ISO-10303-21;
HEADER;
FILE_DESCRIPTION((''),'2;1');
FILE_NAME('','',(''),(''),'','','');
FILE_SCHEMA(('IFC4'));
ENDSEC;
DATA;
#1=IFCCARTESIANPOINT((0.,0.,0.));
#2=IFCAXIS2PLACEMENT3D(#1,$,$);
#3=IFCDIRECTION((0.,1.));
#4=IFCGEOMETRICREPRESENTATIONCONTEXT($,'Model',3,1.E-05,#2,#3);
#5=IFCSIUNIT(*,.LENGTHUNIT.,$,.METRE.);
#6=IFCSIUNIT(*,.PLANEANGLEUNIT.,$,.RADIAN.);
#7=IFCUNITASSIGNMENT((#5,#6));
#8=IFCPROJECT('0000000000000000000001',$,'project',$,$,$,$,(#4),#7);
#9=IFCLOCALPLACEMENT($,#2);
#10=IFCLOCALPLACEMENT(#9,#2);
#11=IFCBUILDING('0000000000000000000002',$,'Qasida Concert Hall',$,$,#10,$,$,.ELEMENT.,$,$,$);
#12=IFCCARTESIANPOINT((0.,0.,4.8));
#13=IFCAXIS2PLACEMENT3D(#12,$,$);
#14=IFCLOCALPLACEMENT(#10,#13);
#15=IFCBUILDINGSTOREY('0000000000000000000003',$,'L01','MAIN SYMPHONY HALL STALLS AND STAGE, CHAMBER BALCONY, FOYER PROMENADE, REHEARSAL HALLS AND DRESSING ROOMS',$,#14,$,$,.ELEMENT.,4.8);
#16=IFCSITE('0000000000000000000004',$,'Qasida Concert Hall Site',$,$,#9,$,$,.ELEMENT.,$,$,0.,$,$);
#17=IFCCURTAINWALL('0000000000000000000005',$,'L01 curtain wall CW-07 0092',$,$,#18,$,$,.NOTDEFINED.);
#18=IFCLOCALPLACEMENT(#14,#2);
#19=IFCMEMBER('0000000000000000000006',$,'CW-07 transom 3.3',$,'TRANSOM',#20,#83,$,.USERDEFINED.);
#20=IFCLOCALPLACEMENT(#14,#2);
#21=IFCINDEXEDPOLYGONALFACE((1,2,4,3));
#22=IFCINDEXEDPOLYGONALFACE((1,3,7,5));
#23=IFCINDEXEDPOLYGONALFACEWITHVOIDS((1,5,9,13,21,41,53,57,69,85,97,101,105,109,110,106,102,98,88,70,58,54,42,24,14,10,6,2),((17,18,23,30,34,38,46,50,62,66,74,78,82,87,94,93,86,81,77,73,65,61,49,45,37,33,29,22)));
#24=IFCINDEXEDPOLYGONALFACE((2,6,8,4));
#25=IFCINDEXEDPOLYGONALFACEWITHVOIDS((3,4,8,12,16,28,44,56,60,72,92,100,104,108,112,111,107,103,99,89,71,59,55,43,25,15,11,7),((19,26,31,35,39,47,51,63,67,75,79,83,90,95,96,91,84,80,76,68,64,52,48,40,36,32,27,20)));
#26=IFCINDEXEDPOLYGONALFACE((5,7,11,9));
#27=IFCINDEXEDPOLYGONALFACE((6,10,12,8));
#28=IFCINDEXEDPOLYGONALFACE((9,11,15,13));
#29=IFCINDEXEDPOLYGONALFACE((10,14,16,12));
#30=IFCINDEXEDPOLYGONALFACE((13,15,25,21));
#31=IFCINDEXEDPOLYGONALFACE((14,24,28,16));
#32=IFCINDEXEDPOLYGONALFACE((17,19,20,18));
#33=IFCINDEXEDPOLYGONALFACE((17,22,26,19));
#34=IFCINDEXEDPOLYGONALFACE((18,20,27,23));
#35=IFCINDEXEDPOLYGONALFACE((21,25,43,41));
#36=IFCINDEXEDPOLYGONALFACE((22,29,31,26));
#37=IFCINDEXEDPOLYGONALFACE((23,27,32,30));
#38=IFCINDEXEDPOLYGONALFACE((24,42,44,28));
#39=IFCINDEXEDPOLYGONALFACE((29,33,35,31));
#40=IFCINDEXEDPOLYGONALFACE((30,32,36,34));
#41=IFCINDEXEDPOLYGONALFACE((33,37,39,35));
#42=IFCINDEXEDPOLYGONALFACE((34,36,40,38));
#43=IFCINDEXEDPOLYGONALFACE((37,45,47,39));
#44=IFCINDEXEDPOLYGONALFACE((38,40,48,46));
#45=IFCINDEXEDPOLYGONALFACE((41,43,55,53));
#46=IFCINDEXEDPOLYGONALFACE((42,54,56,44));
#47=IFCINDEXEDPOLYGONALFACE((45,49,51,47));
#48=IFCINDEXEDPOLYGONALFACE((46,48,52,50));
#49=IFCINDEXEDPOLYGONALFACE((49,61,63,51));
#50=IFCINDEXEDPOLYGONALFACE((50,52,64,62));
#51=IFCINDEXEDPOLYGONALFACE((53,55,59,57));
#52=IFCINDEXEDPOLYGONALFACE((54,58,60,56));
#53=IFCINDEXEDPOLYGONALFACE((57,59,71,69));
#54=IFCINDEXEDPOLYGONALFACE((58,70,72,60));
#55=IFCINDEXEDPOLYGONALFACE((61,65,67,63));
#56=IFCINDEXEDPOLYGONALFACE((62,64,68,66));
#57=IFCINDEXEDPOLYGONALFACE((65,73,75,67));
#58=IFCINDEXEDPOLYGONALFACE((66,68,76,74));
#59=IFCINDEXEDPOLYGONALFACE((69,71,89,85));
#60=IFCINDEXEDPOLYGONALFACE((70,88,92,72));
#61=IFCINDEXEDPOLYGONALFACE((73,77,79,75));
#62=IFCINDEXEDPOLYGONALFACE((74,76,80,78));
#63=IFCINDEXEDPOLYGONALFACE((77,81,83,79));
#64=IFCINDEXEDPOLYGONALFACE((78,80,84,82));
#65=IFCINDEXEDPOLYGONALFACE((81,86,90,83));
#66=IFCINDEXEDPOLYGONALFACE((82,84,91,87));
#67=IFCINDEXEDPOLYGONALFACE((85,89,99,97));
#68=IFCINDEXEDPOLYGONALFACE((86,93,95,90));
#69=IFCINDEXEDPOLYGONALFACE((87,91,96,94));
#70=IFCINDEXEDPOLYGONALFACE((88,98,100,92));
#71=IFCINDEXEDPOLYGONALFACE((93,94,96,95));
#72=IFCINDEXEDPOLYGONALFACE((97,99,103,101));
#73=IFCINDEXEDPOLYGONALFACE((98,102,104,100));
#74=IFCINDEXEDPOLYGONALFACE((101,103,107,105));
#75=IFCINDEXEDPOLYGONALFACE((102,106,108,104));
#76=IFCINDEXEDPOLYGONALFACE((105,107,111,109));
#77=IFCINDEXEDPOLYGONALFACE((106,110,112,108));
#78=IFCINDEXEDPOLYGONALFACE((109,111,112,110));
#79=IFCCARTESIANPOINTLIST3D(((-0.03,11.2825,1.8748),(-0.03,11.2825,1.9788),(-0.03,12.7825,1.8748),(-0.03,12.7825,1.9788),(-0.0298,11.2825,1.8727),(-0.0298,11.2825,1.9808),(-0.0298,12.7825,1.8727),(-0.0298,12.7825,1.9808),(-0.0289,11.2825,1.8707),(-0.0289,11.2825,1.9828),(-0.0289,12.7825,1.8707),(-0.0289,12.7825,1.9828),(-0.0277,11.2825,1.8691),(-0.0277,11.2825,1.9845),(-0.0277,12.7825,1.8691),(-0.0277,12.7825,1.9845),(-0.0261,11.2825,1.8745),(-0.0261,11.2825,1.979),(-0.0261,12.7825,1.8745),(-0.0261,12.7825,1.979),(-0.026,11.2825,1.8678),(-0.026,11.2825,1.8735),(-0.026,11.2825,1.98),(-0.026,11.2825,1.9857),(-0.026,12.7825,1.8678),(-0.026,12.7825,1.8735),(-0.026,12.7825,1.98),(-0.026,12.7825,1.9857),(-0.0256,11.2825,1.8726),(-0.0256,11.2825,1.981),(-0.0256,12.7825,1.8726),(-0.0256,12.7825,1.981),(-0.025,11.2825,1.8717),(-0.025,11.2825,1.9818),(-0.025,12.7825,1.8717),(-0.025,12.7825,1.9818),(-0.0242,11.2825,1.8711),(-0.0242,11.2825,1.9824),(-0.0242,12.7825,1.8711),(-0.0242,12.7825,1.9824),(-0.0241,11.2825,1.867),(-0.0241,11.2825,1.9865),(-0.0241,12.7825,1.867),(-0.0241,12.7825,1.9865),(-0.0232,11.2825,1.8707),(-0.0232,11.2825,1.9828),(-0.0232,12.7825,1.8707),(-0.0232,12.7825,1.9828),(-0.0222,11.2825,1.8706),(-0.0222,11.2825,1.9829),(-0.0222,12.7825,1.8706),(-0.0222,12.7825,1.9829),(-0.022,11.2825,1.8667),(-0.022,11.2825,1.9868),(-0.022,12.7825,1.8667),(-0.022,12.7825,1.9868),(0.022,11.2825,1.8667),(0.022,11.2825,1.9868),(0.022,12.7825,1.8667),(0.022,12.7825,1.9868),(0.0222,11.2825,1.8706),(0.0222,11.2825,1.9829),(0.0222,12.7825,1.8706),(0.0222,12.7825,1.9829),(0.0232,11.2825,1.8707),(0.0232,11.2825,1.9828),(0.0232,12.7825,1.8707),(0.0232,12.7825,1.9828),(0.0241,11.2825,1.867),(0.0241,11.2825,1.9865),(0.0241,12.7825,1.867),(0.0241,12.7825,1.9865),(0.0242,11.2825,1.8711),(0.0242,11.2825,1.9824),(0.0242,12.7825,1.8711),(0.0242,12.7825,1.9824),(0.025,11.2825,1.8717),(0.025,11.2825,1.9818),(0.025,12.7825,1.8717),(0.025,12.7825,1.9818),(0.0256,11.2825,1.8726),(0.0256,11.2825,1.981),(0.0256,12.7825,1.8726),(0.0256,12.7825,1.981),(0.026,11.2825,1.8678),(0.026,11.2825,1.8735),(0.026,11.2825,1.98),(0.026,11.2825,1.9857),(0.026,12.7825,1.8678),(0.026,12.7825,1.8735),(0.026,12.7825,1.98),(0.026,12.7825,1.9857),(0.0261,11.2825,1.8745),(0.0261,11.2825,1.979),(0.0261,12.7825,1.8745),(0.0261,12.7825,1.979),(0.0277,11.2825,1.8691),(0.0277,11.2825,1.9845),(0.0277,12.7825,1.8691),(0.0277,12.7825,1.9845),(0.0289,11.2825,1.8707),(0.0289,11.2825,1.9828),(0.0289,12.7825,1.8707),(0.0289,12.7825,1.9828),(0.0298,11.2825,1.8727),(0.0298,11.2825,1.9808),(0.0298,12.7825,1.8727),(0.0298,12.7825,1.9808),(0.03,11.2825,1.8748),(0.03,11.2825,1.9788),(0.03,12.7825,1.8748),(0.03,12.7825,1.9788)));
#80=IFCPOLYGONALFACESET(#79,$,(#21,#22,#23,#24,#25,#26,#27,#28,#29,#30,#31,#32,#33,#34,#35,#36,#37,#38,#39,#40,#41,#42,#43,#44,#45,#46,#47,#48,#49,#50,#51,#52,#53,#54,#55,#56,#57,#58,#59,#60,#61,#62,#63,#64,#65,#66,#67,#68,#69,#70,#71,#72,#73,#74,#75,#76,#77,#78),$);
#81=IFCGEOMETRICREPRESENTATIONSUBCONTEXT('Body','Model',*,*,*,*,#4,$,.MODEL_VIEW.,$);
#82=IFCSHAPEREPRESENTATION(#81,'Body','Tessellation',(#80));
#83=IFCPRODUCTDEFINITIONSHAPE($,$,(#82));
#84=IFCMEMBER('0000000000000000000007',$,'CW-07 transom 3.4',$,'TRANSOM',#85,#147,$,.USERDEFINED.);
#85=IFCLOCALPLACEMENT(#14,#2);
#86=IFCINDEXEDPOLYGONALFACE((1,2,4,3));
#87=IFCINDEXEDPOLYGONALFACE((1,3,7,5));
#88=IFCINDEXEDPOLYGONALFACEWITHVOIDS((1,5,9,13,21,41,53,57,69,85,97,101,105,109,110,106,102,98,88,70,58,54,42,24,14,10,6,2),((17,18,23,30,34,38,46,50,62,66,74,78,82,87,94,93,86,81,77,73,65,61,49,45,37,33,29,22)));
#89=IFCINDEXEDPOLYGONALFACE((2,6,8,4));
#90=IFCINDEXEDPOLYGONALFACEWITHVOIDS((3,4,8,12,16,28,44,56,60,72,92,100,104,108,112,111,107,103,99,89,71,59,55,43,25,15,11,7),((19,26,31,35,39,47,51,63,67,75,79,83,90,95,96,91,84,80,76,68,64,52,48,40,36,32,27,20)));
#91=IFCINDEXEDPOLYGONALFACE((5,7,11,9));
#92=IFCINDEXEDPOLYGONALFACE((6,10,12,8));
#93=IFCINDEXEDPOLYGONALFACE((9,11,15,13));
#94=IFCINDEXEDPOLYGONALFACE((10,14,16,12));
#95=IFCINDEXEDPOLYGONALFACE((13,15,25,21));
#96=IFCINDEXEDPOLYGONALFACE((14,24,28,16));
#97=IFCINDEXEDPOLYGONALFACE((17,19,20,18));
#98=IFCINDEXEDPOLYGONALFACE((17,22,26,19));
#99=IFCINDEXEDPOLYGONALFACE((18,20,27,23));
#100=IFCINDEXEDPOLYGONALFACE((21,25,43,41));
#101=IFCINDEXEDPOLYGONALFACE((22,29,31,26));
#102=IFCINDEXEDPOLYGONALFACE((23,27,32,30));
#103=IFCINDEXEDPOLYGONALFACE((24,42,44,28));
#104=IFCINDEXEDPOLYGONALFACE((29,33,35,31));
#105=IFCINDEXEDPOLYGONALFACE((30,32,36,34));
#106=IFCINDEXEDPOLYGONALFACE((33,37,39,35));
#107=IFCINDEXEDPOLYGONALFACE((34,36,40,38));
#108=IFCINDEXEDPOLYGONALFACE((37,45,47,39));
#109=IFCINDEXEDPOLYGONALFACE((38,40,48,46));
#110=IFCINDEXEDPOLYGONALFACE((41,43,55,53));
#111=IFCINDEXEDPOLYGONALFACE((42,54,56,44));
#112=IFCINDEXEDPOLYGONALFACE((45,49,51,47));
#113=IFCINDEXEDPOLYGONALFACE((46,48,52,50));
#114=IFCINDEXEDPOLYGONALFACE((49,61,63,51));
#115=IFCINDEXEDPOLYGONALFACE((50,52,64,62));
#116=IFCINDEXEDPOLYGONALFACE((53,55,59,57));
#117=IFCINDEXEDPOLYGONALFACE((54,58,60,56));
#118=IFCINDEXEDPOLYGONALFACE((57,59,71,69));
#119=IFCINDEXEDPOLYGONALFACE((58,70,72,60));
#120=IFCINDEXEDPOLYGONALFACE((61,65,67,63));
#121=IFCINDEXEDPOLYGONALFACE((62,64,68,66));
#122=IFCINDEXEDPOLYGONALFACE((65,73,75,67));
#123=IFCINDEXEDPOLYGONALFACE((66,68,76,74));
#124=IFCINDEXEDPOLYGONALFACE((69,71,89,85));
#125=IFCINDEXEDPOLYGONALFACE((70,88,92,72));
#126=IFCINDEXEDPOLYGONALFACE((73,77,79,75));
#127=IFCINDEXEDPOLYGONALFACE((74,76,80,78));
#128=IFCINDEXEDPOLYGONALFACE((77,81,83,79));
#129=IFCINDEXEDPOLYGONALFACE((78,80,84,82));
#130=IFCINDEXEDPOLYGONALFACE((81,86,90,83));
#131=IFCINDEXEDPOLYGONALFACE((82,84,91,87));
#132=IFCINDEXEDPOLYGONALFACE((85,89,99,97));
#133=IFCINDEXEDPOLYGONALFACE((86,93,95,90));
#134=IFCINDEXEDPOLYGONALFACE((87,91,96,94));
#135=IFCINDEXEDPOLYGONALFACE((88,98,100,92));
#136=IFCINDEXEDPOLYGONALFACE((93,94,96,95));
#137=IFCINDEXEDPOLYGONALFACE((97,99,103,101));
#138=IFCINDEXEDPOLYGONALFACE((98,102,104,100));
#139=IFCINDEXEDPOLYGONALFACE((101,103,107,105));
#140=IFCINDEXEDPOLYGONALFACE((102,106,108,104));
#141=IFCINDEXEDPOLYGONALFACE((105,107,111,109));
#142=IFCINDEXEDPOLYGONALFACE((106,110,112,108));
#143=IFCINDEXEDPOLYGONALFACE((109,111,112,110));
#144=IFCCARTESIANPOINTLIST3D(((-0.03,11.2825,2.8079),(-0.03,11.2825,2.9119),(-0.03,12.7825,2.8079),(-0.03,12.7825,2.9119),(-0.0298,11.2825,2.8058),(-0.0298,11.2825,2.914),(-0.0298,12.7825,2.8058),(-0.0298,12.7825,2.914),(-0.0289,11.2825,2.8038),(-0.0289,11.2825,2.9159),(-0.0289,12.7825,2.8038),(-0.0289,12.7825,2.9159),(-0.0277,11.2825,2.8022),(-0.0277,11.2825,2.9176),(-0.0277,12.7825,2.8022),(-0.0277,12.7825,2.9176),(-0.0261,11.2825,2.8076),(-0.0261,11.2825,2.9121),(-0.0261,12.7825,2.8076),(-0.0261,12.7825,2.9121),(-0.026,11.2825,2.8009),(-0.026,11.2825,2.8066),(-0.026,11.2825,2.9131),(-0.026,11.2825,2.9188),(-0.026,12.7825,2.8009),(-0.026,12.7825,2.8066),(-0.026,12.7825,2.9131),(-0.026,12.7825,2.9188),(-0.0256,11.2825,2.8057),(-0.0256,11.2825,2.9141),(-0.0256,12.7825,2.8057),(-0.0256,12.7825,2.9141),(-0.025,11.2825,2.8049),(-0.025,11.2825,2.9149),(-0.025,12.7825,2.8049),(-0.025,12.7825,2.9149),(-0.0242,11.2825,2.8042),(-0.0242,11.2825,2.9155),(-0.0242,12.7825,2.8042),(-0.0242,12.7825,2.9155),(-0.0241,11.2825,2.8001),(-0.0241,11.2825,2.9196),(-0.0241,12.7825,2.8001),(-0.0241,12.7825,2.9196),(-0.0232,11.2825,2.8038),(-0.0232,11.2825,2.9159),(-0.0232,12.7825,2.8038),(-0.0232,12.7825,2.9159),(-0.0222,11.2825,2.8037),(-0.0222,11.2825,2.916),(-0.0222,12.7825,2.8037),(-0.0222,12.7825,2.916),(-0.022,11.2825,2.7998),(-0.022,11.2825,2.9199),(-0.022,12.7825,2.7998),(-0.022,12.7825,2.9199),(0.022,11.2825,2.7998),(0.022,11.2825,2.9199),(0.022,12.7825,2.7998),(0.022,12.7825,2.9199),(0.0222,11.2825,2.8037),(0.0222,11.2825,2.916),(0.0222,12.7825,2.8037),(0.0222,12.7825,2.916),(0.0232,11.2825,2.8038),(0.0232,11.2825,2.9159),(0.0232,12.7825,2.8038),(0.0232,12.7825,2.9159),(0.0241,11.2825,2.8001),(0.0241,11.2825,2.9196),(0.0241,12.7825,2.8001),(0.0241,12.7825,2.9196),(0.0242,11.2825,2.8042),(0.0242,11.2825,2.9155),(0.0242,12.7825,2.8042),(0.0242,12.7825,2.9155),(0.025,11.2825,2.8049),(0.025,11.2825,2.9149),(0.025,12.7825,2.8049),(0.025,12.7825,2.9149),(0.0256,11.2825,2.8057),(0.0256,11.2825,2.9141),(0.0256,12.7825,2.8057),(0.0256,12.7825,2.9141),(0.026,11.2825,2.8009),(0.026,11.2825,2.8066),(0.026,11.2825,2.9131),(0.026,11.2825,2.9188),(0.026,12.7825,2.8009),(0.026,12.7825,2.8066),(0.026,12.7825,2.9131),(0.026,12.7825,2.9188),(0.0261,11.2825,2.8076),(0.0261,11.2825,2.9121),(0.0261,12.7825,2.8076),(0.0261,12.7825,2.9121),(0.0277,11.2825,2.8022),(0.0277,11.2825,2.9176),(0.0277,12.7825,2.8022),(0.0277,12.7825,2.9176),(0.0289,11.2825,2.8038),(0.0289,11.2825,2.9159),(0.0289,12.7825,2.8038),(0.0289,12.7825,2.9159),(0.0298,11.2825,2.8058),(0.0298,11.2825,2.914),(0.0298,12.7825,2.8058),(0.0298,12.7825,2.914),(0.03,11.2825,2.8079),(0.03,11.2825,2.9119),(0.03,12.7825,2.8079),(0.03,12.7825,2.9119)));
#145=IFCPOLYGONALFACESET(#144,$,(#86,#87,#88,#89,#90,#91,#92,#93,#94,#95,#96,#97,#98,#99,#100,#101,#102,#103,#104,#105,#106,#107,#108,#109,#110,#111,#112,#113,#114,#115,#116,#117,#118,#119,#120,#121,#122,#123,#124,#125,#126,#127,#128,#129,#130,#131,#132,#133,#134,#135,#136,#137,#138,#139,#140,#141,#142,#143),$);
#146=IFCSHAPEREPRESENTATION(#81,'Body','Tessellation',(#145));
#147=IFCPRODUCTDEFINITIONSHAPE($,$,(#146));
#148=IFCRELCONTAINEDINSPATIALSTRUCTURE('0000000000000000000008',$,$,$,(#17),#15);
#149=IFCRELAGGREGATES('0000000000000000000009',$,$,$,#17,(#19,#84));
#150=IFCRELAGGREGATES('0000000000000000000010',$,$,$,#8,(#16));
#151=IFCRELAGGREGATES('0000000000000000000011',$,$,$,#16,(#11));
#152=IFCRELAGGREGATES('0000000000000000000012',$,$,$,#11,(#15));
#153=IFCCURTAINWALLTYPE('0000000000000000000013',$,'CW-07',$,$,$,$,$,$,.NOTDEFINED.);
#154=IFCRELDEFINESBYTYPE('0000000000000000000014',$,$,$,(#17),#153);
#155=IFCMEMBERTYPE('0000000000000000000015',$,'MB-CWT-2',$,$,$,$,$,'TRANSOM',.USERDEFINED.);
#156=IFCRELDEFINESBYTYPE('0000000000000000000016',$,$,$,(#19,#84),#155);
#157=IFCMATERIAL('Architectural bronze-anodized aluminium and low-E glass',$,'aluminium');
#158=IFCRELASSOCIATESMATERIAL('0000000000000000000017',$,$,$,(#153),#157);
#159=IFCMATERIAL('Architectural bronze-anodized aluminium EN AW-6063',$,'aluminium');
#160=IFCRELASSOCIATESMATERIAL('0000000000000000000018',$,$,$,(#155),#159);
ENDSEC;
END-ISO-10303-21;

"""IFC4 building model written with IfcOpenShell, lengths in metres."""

from ifc_helpers import new_model, si_unit, direction, frame, origin, origin_2d, place, context, subcontext, project, spatial, hollow_rectangle, extrude, material, material_profile, profile_set, type_object, element, aggregate, save


model = new_model("IFC4")

# Units and contexts
model_context = context("Model", 3, precision=1e-05, world=origin(), true_north=direction((0.0, 1.0)))
body_context = subcontext(model_context, "Body", "Model", "MODEL_VIEW")
ifc_project = project(units=[si_unit("LENGTHUNIT", "METRE"), si_unit("PLANEANGLEUNIT", "RADIAN")], contexts=[model_context])

# Site, building, storey
site_placement = place(None, origin())
site = spatial("IfcSite", under=ifc_project, at=site_placement, Name="Qasida Concert Hall Site", CompositionType="ELEMENT", RefElevation=0.0)
building_placement = place(site_placement, origin())
building = spatial("IfcBuilding", under=site, at=building_placement, Name="Qasida Concert Hall", CompositionType="ELEMENT")
storey_placement = place(building_placement, frame((0.0, 0.0, 4.8)))
storey = spatial("IfcBuildingStorey", under=building, at=storey_placement, Name="L01", Description="MAIN SYMPHONY HALL STALLS AND STAGE, CHAMBER BALCONY, FOYER PROMENADE, REHEARSAL HALLS AND DRESSING ROOMS", CompositionType="ELEMENT", Elevation=4.8)

# Curtain wall, members
ifc_material_1 = material(Name="Architectural bronze-anodized aluminium and low-E glass", Category="aluminium")
curtain_wall_type = type_object("IfcCurtainWallType", Name="CW-07", PredefinedType="NOTDEFINED", material=ifc_material_1)
curtain_wall_placement = place(storey_placement, origin())
curtain_wall = element("IfcCurtainWall", 1, at=curtain_wall_placement, inside=storey, type_object=curtain_wall_type, Name="L01 curtain wall CW-07 0092", PredefinedType="NOTDEFINED")
ifc_material_2 = material(Name="Architectural bronze-anodized aluminium EN AW-6063", Category="aluminium")
ifc_material_profile_1 = material_profile(ifc_material_2, hollow_rectangle(XDim=0.0601, YDim=0.1201, WallThickness=0.0039, InnerFilletRadius=0.0039, OuterFilletRadius=0.0081, at=origin_2d()), Name="CWT 120x60x4")
ifc_profile_set_1 = profile_set([ifc_material_profile_1], Name="Architectural bronze-anodized aluminium EN AW-6063")
member_type_1 = type_object("IfcMemberType", Name="MB-CWT-2", ElementType="TRANSOM", PredefinedType="USERDEFINED", material=ifc_profile_set_1)
member_1_placement = place(storey_placement, frame((0.0, 11.2825, 1.9268), z_axis=(0.0, 1.0, 0.0), x_axis=(-1.0, 0.0, 0.0)))
member_1 = element("IfcMember", 2, at=member_1_placement, type_object=member_type_1, Name="CW-07 transom 3.3", ObjectType="TRANSOM", PredefinedType="USERDEFINED", context=body_context, shape_type="SweptSolid", body=[
    extrude(hollow_rectangle(XDim=0.0601, YDim=0.1201, WallThickness=0.0039, InnerFilletRadius=0.0039, OuterFilletRadius=0.0081, at=origin_2d()), origin(), (0.0, 0.0, 1.0), 1.5),
])
member_2_placement = place(storey_placement, frame((0.0, 11.2825, 2.8599), z_axis=(0.0, 1.0, 0.0), x_axis=(-1.0, 0.0, 0.0)))
member_2 = element("IfcMember", 3, at=member_2_placement, type_object=member_type_1, Name="CW-07 transom 3.4", ObjectType="TRANSOM", PredefinedType="USERDEFINED", context=body_context, shape_type="SweptSolid", body=[
    extrude(hollow_rectangle(XDim=0.0601, YDim=0.1201, WallThickness=0.0039, InnerFilletRadius=0.0039, OuterFilletRadius=0.0081, at=origin_2d()), origin(), (0.0, 0.0, 1.0), 1.5),
])
aggregate(curtain_wall, [member_1, member_2])

save(model, "model.ifc")
